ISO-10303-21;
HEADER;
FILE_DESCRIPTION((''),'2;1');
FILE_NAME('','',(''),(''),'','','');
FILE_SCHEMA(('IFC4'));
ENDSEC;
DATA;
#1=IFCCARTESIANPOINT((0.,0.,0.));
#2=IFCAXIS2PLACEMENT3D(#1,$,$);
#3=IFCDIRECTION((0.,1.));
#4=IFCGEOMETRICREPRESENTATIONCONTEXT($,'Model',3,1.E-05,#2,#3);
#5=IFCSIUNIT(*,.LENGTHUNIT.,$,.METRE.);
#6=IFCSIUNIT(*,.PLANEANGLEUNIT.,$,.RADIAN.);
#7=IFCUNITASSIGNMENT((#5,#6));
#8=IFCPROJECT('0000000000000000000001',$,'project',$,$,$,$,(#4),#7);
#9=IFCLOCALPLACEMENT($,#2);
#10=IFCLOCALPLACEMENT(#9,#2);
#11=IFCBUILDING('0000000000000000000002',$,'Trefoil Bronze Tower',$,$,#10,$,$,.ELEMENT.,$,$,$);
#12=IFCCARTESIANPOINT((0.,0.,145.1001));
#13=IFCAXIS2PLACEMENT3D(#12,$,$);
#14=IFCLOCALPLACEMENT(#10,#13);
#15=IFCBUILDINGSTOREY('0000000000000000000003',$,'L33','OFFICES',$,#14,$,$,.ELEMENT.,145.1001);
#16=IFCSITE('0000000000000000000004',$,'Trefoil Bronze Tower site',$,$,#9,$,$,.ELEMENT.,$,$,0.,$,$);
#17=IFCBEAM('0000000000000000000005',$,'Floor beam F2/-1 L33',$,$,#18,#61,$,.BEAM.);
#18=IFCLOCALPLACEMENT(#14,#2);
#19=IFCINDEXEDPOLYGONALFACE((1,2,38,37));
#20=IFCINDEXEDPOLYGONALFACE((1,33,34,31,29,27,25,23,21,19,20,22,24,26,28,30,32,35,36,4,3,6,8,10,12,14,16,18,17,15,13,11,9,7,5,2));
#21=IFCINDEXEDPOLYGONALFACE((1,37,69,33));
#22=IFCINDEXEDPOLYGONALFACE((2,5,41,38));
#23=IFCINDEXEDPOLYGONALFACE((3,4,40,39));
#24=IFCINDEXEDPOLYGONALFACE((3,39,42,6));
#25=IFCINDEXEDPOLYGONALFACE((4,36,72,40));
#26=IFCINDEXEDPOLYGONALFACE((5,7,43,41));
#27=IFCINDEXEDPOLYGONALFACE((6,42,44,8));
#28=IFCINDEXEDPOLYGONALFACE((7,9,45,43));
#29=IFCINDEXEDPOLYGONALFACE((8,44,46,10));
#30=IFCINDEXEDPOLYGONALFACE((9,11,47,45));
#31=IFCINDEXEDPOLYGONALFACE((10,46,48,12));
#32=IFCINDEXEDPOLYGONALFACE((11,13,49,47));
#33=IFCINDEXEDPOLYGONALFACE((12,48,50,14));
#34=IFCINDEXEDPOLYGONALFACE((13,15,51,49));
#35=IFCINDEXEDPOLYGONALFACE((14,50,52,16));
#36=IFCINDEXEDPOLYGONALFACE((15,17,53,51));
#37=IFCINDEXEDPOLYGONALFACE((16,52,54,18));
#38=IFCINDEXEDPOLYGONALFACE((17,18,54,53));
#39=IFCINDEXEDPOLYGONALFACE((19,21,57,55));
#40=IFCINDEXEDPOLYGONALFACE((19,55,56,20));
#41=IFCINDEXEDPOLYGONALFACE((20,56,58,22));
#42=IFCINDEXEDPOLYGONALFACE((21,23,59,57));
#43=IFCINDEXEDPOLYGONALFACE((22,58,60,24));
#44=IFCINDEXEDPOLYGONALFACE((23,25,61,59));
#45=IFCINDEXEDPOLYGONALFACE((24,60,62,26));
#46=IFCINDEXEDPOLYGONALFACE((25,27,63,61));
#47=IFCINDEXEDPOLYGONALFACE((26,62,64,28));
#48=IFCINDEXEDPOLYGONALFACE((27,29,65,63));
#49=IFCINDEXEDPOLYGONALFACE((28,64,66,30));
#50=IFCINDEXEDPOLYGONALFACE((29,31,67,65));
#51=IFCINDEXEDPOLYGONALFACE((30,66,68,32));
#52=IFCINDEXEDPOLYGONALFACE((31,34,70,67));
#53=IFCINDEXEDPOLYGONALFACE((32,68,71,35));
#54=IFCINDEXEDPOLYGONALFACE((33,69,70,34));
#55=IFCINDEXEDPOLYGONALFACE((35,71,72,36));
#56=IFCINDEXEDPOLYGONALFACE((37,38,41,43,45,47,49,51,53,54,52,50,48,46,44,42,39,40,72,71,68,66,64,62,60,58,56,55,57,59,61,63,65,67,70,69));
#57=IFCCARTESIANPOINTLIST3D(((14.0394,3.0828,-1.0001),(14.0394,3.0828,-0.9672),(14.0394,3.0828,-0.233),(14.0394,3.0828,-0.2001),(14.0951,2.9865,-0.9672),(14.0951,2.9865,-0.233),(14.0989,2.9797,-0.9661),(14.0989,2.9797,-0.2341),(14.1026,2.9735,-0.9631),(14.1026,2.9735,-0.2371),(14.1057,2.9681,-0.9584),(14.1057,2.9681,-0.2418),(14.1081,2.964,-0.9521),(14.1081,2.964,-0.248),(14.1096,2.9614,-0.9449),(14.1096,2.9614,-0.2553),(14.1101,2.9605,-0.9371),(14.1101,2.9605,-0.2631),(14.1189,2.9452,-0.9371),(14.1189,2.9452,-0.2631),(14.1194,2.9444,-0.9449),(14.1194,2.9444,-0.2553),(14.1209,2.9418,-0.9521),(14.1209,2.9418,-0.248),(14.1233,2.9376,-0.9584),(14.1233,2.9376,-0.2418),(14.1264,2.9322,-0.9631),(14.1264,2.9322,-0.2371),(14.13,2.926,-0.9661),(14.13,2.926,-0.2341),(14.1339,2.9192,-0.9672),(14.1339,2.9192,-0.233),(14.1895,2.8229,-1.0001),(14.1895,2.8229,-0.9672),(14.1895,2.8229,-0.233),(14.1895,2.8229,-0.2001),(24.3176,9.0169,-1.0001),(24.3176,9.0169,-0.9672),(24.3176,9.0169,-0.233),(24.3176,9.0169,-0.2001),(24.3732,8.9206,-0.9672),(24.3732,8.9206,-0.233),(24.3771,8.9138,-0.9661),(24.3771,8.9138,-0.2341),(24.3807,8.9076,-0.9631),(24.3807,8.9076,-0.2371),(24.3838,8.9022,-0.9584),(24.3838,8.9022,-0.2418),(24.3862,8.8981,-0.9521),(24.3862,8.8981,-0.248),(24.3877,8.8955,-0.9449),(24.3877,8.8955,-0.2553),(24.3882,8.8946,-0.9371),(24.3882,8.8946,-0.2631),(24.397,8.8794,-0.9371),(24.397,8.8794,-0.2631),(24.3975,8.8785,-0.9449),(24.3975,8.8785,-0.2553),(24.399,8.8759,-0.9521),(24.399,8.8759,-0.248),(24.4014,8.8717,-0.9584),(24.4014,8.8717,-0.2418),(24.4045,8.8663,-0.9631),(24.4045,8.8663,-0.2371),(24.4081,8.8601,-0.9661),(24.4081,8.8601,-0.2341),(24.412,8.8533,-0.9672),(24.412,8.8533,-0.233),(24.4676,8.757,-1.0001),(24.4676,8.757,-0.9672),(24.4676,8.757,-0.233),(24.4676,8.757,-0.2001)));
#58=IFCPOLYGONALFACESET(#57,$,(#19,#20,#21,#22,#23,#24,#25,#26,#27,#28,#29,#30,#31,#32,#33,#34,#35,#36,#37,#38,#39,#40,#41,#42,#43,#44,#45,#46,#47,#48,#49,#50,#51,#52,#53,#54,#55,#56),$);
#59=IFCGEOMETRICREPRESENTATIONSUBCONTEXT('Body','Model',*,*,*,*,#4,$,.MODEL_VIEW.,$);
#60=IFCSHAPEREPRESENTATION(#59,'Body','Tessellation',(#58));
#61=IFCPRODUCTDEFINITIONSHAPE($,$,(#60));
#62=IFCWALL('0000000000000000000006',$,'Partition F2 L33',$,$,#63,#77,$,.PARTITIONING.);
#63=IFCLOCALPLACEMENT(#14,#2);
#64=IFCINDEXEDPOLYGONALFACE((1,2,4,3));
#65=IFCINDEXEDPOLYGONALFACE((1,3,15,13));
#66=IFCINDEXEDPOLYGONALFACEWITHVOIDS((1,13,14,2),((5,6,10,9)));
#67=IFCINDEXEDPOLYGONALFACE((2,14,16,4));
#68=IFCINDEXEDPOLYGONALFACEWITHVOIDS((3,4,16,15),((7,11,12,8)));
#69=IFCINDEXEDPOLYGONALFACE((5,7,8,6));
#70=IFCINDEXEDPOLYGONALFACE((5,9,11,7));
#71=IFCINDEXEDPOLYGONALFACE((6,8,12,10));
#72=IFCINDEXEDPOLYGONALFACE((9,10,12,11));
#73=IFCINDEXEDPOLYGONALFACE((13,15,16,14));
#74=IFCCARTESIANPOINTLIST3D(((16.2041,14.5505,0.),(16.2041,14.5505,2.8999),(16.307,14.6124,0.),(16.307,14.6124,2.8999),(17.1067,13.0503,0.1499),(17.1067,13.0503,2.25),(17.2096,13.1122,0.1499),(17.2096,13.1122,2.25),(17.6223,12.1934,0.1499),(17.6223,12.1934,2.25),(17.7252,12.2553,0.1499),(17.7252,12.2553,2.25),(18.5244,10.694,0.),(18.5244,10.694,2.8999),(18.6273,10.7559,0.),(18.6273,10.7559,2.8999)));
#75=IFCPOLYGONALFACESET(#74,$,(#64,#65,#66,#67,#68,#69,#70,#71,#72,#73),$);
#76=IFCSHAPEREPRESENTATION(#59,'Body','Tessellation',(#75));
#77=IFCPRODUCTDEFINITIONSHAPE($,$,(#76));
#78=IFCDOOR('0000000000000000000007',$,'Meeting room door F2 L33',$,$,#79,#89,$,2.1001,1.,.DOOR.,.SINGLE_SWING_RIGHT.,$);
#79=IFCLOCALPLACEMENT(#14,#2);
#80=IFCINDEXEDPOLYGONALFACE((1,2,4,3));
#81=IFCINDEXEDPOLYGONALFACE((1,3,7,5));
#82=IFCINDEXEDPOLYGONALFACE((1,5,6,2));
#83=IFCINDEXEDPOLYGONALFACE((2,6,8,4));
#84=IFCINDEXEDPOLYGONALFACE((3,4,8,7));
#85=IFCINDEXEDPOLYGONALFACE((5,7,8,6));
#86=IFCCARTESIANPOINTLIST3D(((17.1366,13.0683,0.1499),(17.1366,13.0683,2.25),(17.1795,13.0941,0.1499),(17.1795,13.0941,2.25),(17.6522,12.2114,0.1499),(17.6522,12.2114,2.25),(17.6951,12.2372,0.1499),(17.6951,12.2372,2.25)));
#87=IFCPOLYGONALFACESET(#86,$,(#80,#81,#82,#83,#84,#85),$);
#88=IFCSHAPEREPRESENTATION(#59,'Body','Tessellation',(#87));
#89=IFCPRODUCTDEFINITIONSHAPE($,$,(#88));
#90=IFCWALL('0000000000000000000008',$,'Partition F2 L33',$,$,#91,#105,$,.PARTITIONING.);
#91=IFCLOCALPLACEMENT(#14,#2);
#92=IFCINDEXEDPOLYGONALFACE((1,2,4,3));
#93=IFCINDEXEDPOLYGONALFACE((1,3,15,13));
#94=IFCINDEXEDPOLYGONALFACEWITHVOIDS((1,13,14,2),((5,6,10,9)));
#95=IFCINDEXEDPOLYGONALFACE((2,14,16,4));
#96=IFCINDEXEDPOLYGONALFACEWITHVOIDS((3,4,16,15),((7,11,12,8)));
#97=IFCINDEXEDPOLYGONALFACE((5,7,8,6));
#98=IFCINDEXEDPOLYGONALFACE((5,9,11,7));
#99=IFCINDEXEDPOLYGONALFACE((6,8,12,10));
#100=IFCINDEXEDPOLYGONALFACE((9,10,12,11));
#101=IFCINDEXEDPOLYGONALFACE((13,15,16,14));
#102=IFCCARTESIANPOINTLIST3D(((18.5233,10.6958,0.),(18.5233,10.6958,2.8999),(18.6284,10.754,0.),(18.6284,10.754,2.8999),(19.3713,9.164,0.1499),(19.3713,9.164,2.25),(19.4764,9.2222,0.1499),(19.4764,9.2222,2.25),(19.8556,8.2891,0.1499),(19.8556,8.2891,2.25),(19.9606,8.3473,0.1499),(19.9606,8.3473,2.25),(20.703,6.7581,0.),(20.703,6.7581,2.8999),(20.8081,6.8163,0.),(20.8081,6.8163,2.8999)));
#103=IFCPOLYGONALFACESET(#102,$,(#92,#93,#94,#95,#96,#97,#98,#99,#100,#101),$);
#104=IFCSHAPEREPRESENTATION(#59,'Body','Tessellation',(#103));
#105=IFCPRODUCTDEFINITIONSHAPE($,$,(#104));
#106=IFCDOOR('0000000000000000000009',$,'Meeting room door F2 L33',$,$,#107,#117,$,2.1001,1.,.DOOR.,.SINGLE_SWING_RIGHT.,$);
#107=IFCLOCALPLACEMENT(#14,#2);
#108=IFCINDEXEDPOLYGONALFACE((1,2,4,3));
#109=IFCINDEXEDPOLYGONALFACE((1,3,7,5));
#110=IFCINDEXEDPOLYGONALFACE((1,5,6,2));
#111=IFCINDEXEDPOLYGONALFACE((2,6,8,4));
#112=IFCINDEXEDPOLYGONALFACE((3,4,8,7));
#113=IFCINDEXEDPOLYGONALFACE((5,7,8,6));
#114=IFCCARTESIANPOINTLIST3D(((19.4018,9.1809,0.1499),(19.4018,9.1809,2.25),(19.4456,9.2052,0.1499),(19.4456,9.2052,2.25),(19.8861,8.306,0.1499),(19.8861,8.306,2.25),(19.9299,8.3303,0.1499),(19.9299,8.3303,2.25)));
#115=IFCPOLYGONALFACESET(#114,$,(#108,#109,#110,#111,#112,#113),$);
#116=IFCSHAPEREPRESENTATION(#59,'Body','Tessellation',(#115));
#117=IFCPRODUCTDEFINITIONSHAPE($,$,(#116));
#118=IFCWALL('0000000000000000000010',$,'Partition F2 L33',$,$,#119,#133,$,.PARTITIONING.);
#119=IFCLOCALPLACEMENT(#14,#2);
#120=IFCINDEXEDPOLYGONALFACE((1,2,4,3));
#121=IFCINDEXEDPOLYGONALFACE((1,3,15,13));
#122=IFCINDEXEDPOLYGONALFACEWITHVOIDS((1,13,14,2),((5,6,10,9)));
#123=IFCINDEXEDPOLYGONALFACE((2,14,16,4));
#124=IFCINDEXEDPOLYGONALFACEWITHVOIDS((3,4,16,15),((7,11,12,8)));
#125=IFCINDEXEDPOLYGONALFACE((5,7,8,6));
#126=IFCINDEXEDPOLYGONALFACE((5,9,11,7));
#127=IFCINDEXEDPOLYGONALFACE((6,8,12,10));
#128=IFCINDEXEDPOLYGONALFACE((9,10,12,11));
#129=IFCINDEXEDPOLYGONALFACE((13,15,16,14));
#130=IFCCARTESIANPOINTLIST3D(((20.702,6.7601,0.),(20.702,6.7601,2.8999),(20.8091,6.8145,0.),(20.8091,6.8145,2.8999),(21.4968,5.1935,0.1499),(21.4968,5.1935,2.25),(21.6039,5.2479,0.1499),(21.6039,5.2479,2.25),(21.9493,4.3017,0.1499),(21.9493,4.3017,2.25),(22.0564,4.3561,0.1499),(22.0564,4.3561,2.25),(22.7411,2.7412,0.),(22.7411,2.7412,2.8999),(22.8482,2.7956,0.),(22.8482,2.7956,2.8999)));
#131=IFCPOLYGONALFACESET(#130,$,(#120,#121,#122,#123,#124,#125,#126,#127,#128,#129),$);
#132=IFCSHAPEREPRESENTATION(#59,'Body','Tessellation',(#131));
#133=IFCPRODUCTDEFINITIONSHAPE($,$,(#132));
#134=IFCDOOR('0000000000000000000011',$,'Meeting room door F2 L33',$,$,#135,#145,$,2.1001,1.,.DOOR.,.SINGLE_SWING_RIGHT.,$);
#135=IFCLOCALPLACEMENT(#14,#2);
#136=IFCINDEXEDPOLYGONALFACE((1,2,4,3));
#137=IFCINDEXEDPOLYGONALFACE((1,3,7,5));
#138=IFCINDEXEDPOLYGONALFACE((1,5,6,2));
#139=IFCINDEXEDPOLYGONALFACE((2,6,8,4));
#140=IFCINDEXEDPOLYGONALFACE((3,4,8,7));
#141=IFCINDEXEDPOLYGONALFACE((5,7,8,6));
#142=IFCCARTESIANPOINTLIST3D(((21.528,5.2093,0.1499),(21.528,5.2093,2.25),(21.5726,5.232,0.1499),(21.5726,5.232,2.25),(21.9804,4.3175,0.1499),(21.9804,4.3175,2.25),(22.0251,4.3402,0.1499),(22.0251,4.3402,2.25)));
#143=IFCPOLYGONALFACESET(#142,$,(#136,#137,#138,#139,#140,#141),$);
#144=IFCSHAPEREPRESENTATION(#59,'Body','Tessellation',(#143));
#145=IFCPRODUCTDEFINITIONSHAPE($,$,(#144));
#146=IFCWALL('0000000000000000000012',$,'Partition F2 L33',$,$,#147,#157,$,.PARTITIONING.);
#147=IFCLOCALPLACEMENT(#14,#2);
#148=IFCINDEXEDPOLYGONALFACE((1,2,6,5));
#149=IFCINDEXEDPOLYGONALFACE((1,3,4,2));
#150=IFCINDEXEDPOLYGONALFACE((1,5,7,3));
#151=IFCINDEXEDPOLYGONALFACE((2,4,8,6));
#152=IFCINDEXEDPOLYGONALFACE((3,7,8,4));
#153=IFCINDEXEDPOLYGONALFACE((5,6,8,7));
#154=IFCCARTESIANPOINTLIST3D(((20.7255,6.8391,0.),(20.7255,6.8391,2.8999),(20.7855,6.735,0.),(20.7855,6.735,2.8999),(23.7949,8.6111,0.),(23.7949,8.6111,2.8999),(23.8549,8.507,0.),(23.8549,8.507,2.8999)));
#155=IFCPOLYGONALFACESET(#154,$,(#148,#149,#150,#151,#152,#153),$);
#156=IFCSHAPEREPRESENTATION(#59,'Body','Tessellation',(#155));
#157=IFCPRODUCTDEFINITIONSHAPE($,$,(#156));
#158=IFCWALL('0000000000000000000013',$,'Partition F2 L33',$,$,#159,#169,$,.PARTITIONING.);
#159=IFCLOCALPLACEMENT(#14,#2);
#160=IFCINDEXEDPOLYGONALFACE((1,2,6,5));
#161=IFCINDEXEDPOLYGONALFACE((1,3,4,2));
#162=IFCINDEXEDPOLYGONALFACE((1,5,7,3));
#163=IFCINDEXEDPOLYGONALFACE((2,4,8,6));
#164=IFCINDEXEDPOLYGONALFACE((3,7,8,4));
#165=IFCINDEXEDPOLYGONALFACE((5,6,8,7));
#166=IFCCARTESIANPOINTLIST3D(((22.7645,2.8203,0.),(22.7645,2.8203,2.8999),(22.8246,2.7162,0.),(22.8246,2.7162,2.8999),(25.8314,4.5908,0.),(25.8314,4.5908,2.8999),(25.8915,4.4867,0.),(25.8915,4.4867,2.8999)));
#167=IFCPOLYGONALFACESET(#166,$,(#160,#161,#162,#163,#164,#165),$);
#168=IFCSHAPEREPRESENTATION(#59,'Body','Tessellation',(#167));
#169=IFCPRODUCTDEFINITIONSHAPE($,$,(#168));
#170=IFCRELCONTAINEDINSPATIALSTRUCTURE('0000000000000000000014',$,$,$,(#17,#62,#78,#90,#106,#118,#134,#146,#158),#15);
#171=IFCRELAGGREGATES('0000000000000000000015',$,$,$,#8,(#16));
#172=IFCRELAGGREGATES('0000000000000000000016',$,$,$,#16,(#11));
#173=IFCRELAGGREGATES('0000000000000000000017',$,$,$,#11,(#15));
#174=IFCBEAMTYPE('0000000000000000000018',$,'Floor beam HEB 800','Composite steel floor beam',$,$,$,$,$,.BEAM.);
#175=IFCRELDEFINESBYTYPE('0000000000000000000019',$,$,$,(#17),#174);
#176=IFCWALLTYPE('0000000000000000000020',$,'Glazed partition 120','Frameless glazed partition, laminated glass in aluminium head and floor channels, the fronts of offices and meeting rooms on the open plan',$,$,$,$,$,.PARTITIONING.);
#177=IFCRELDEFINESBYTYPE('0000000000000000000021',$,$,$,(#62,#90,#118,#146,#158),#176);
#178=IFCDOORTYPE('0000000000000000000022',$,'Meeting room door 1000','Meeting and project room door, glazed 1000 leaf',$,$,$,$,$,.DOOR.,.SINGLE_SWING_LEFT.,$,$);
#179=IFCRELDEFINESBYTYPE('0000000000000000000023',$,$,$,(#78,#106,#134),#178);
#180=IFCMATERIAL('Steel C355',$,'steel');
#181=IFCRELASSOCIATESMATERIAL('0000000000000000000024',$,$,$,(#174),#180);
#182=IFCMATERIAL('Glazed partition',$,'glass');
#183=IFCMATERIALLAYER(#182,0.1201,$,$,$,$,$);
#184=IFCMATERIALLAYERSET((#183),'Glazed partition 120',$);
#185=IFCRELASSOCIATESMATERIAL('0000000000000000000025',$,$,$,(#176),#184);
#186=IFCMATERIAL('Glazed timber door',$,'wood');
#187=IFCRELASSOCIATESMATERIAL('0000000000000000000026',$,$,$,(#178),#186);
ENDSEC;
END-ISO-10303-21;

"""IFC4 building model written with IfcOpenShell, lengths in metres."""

from ifc_helpers import new_model, si_unit, direction, frame, frame_2d, origin, origin_2d, place, context, subcontext, project, spatial, rectangle, i_section, extrude, material, layer, layer_set, material_profile, profile_set, type_object, element, fill, save


model = new_model("IFC4")

# Units and contexts
model_context = context("Model", 3, precision=1e-05, world=origin(), true_north=direction((0.0, 1.0)))
body_context = subcontext(model_context, "Body", "Model", "MODEL_VIEW")
ifc_project = project(units=[si_unit("LENGTHUNIT", "METRE"), si_unit("PLANEANGLEUNIT", "RADIAN")], contexts=[model_context])

# Site, building, storey
site_placement = place(None, origin())
site = spatial("IfcSite", under=ifc_project, at=site_placement, Name="Trefoil Bronze Tower site", CompositionType="ELEMENT", RefElevation=0.0)
building_placement = place(site_placement, origin())
building = spatial("IfcBuilding", under=site, at=building_placement, Name="Trefoil Bronze Tower", CompositionType="ELEMENT")
storey_placement = place(building_placement, frame((0.0, 0.0, 145.1001)))
storey = spatial("IfcBuildingStorey", under=building, at=storey_placement, Name="L33", Description="OFFICES", CompositionType="ELEMENT", Elevation=145.1001)

# Beam
ifc_material_1 = material(Name="Steel C355", Category="steel")
ifc_material_profile_1 = material_profile(ifc_material_1, i_section(OverallWidth=0.3, OverallDepth=0.8, WebThickness=0.0176, FlangeThickness=0.033, FilletRadius=0.03, at=origin_2d()), Name="HEB 800")
ifc_profile_set_1 = profile_set([ifc_material_profile_1], Name="Steel C355")
beam_type_1 = type_object("IfcBeamType", Name="Floor beam HEB 800", Description="Composite steel floor beam", PredefinedType="BEAM", material=ifc_profile_set_1)
beam_placement = place(storey_placement, frame((24.3926, 8.887, -0.6001), z_axis=(-0.866024, -0.500002, 0.0), x_axis=(0.500002, -0.866024, 0.0)))
element("IfcBeam", 1, at=beam_placement, inside=storey, type_object=beam_type_1, Name="Floor beam F2/-1 L33", PredefinedType="BEAM", context=body_context, shape_type="SweptSolid", body=[
    extrude(i_section(OverallWidth=0.3, OverallDepth=0.8, WebThickness=0.0176, FlangeThickness=0.033, FilletRadius=0.03, at=origin_2d()), origin(), (0.0, 0.0, 1.0), 11.8682),
])

# Walls, openings, doors
ifc_material_2 = material(Name="Glazed partition", Category="glass")
ifc_layer_1 = layer(ifc_material_2, 0.1201)
ifc_layer_set_1 = layer_set([ifc_layer_1], Name="Glazed partition 120")
wall_type_1 = type_object("IfcWallType", Name="Glazed partition 120", Description="Frameless glazed partition, laminated glass in aluminium head and floor channels, the fronts of offices and meeting rooms on the open plan", PredefinedType="PARTITIONING", material=ifc_layer_set_1)
wall_1_placement = place(storey_placement, frame((18.5759, 10.7249, 0.0), z_axis=(0.0, 0.0, 1.0), x_axis=(-0.515548, 0.85686, 0.0)))
wall_1 = element("IfcWall", 2, at=wall_1_placement, inside=storey, type_object=wall_type_1, Name="Partition F2 L33", PredefinedType="PARTITIONING", context=body_context, shape_type="SweptSolid", body=[
    extrude(rectangle(XDim=4.5007, YDim=0.1201, at=frame_2d((2.2505, 0.0))), origin(), (0.0, 0.0, 1.0), 2.8999),
])
opening_1_placement = place(wall_1_placement, frame((1.75, 0.0, 0.1499)))
opening_1 = element("IfcOpeningElement", 3, at=opening_1_placement, cuts=wall_1, PredefinedType="OPENING", context=body_context, shape_type="SweptSolid", body=[
    extrude(rectangle(XDim=1.0, YDim=2.1001, at=frame_2d((0.5, 1.05))), frame((0.0, 0.0701, 0.0), z_axis=(0.0, -1.0, 0.0), x_axis=(1.0, 0.0, 0.0)), (0.0, 0.0, 1.0), 0.1401),
])
ifc_material_3 = material(Name="Glazed timber door", Category="wood")
door_type_1 = type_object("IfcDoorType", Name="Meeting room door 1000", Description="Meeting and project room door, glazed 1000 leaf", OperationType="SINGLE_SWING_LEFT", PredefinedType="DOOR", material=ifc_material_3)
door_1_placement = place(opening_1_placement, frame((1.0, 0.0, 0.0), z_axis=(0.0, 0.0, 1.0), x_axis=(-1.0, 0.0, 0.0)))
door_1 = element("IfcDoor", 4, at=door_1_placement, inside=storey, type_object=door_type_1, Name="Meeting room door F2 L33", OperationType="SINGLE_SWING_RIGHT", OverallHeight=2.1001, OverallWidth=1.0, PredefinedType="DOOR", context=body_context, shape_type="SweptSolid", body=[
    extrude(rectangle(XDim=1.0, YDim=2.1001, at=frame_2d((0.5, 1.05))), frame((0.0, 0.0249, 0.0), z_axis=(0.0, -1.0, 0.0), x_axis=(1.0, 0.0, 0.0)), (0.0, 0.0, 1.0), 0.05),
])
fill(opening_1, door_1)
wall_2_placement = place(storey_placement, frame((20.7556, 6.7871, 0.0), z_axis=(0.0, 0.0, 1.0), x_axis=(-0.484293, 0.874906, 0.0)))
wall_2 = element("IfcWall", 5, at=wall_2_placement, inside=storey, type_object=wall_type_1, Name="Partition F2 L33", PredefinedType="PARTITIONING", context=body_context, shape_type="SweptSolid", body=[
    extrude(rectangle(XDim=4.5007, YDim=0.1201, at=frame_2d((2.2505, 0.0))), origin(), (0.0, 0.0, 1.0), 2.8999),
])
opening_2_placement = place(wall_2_placement, frame((1.75, 0.0, 0.1499)))
opening_2 = element("IfcOpeningElement", 6, at=opening_2_placement, cuts=wall_2, PredefinedType="OPENING", context=body_context, shape_type="SweptSolid", body=[
    extrude(rectangle(XDim=1.0, YDim=2.1001, at=frame_2d((0.5, 1.05))), frame((0.0, 0.0701, 0.0), z_axis=(0.0, -1.0, 0.0), x_axis=(1.0, 0.0, 0.0)), (0.0, 0.0, 1.0), 0.1401),
])
door_2_placement = place(opening_2_placement, frame((1.0, 0.0, 0.0), z_axis=(0.0, 0.0, 1.0), x_axis=(-1.0, 0.0, 0.0)))
door_2 = element("IfcDoor", 7, at=door_2_placement, inside=storey, type_object=door_type_1, Name="Meeting room door F2 L33", OperationType="SINGLE_SWING_RIGHT", OverallHeight=2.1001, OverallWidth=1.0, PredefinedType="DOOR", context=body_context, shape_type="SweptSolid", body=[
    extrude(rectangle(XDim=1.0, YDim=2.1001, at=frame_2d((0.5, 1.05))), frame((0.0, 0.0249, 0.0), z_axis=(0.0, -1.0, 0.0), x_axis=(1.0, 0.0, 0.0)), (0.0, 0.0, 1.0), 0.05),
])
fill(opening_2, door_2)
wall_3_placement = place(storey_placement, frame((22.7947, 2.7683, 0.0), z_axis=(0.0, 0.0, 1.0), x_axis=(-0.452472, 0.891779, 0.0)))
wall_3 = element("IfcWall", 8, at=wall_3_placement, inside=storey, type_object=wall_type_1, Name="Partition F2 L33", PredefinedType="PARTITIONING", context=body_context, shape_type="SweptSolid", body=[
    extrude(rectangle(XDim=4.5066, YDim=0.1201, at=frame_2d((2.2534, 0.0))), origin(), (0.0, 0.0, 1.0), 2.8999),
])
opening_3_placement = place(wall_3_placement, frame((1.75, 0.0, 0.1499)))
opening_3 = element("IfcOpeningElement", 9, at=opening_3_placement, cuts=wall_3, PredefinedType="OPENING", context=body_context, shape_type="SweptSolid", body=[
    extrude(rectangle(XDim=1.0, YDim=2.1001, at=frame_2d((0.5, 1.05))), frame((0.0, 0.0701, 0.0), z_axis=(0.0, -1.0, 0.0), x_axis=(1.0, 0.0, 0.0)), (0.0, 0.0, 1.0), 0.1401),
])
door_3_placement = place(opening_3_placement, frame((1.0, 0.0, 0.0), z_axis=(0.0, 0.0, 1.0), x_axis=(-1.0, 0.0, 0.0)))
door_3 = element("IfcDoor", 10, at=door_3_placement, inside=storey, type_object=door_type_1, Name="Meeting room door F2 L33", OperationType="SINGLE_SWING_RIGHT", OverallHeight=2.1001, OverallWidth=1.0, PredefinedType="DOOR", context=body_context, shape_type="SweptSolid", body=[
    extrude(rectangle(XDim=1.0, YDim=2.1001, at=frame_2d((0.5, 1.05))), frame((0.0, 0.0249, 0.0), z_axis=(0.0, -1.0, 0.0), x_axis=(1.0, 0.0, 0.0)), (0.0, 0.0, 1.0), 0.05),
])
fill(opening_3, door_3)

# Walls
wall_4_placement = place(storey_placement, frame((20.7556, 6.7871, 0.0), z_axis=(0.0, 0.0, 1.0), x_axis=(0.866039, 0.499977, 0.0)))
element("IfcWall", 11, at=wall_4_placement, inside=storey, type_object=wall_type_1, Name="Partition F2 L33", PredefinedType="PARTITIONING", context=body_context, shape_type="SweptSolid", body=[
    extrude(rectangle(XDim=3.5442, YDim=0.1201, at=frame_2d((1.772, 0.0))), origin(), (0.0, 0.0, 1.0), 2.8999),
])
wall_5_placement = place(storey_placement, frame((22.7947, 2.7683, 0.0), z_axis=(0.0, 0.0, 1.0), x_axis=(0.866046, 0.499965, 0.0)))
element("IfcWall", 12, at=wall_5_placement, inside=storey, type_object=wall_type_1, Name="Partition F2 L33", PredefinedType="PARTITIONING", context=body_context, shape_type="SweptSolid", body=[
    extrude(rectangle(XDim=3.5413, YDim=0.1201, at=frame_2d((1.7705, 0.0))), origin(), (0.0, 0.0, 1.0), 2.8999),
])

save(model, "model.ifc")
